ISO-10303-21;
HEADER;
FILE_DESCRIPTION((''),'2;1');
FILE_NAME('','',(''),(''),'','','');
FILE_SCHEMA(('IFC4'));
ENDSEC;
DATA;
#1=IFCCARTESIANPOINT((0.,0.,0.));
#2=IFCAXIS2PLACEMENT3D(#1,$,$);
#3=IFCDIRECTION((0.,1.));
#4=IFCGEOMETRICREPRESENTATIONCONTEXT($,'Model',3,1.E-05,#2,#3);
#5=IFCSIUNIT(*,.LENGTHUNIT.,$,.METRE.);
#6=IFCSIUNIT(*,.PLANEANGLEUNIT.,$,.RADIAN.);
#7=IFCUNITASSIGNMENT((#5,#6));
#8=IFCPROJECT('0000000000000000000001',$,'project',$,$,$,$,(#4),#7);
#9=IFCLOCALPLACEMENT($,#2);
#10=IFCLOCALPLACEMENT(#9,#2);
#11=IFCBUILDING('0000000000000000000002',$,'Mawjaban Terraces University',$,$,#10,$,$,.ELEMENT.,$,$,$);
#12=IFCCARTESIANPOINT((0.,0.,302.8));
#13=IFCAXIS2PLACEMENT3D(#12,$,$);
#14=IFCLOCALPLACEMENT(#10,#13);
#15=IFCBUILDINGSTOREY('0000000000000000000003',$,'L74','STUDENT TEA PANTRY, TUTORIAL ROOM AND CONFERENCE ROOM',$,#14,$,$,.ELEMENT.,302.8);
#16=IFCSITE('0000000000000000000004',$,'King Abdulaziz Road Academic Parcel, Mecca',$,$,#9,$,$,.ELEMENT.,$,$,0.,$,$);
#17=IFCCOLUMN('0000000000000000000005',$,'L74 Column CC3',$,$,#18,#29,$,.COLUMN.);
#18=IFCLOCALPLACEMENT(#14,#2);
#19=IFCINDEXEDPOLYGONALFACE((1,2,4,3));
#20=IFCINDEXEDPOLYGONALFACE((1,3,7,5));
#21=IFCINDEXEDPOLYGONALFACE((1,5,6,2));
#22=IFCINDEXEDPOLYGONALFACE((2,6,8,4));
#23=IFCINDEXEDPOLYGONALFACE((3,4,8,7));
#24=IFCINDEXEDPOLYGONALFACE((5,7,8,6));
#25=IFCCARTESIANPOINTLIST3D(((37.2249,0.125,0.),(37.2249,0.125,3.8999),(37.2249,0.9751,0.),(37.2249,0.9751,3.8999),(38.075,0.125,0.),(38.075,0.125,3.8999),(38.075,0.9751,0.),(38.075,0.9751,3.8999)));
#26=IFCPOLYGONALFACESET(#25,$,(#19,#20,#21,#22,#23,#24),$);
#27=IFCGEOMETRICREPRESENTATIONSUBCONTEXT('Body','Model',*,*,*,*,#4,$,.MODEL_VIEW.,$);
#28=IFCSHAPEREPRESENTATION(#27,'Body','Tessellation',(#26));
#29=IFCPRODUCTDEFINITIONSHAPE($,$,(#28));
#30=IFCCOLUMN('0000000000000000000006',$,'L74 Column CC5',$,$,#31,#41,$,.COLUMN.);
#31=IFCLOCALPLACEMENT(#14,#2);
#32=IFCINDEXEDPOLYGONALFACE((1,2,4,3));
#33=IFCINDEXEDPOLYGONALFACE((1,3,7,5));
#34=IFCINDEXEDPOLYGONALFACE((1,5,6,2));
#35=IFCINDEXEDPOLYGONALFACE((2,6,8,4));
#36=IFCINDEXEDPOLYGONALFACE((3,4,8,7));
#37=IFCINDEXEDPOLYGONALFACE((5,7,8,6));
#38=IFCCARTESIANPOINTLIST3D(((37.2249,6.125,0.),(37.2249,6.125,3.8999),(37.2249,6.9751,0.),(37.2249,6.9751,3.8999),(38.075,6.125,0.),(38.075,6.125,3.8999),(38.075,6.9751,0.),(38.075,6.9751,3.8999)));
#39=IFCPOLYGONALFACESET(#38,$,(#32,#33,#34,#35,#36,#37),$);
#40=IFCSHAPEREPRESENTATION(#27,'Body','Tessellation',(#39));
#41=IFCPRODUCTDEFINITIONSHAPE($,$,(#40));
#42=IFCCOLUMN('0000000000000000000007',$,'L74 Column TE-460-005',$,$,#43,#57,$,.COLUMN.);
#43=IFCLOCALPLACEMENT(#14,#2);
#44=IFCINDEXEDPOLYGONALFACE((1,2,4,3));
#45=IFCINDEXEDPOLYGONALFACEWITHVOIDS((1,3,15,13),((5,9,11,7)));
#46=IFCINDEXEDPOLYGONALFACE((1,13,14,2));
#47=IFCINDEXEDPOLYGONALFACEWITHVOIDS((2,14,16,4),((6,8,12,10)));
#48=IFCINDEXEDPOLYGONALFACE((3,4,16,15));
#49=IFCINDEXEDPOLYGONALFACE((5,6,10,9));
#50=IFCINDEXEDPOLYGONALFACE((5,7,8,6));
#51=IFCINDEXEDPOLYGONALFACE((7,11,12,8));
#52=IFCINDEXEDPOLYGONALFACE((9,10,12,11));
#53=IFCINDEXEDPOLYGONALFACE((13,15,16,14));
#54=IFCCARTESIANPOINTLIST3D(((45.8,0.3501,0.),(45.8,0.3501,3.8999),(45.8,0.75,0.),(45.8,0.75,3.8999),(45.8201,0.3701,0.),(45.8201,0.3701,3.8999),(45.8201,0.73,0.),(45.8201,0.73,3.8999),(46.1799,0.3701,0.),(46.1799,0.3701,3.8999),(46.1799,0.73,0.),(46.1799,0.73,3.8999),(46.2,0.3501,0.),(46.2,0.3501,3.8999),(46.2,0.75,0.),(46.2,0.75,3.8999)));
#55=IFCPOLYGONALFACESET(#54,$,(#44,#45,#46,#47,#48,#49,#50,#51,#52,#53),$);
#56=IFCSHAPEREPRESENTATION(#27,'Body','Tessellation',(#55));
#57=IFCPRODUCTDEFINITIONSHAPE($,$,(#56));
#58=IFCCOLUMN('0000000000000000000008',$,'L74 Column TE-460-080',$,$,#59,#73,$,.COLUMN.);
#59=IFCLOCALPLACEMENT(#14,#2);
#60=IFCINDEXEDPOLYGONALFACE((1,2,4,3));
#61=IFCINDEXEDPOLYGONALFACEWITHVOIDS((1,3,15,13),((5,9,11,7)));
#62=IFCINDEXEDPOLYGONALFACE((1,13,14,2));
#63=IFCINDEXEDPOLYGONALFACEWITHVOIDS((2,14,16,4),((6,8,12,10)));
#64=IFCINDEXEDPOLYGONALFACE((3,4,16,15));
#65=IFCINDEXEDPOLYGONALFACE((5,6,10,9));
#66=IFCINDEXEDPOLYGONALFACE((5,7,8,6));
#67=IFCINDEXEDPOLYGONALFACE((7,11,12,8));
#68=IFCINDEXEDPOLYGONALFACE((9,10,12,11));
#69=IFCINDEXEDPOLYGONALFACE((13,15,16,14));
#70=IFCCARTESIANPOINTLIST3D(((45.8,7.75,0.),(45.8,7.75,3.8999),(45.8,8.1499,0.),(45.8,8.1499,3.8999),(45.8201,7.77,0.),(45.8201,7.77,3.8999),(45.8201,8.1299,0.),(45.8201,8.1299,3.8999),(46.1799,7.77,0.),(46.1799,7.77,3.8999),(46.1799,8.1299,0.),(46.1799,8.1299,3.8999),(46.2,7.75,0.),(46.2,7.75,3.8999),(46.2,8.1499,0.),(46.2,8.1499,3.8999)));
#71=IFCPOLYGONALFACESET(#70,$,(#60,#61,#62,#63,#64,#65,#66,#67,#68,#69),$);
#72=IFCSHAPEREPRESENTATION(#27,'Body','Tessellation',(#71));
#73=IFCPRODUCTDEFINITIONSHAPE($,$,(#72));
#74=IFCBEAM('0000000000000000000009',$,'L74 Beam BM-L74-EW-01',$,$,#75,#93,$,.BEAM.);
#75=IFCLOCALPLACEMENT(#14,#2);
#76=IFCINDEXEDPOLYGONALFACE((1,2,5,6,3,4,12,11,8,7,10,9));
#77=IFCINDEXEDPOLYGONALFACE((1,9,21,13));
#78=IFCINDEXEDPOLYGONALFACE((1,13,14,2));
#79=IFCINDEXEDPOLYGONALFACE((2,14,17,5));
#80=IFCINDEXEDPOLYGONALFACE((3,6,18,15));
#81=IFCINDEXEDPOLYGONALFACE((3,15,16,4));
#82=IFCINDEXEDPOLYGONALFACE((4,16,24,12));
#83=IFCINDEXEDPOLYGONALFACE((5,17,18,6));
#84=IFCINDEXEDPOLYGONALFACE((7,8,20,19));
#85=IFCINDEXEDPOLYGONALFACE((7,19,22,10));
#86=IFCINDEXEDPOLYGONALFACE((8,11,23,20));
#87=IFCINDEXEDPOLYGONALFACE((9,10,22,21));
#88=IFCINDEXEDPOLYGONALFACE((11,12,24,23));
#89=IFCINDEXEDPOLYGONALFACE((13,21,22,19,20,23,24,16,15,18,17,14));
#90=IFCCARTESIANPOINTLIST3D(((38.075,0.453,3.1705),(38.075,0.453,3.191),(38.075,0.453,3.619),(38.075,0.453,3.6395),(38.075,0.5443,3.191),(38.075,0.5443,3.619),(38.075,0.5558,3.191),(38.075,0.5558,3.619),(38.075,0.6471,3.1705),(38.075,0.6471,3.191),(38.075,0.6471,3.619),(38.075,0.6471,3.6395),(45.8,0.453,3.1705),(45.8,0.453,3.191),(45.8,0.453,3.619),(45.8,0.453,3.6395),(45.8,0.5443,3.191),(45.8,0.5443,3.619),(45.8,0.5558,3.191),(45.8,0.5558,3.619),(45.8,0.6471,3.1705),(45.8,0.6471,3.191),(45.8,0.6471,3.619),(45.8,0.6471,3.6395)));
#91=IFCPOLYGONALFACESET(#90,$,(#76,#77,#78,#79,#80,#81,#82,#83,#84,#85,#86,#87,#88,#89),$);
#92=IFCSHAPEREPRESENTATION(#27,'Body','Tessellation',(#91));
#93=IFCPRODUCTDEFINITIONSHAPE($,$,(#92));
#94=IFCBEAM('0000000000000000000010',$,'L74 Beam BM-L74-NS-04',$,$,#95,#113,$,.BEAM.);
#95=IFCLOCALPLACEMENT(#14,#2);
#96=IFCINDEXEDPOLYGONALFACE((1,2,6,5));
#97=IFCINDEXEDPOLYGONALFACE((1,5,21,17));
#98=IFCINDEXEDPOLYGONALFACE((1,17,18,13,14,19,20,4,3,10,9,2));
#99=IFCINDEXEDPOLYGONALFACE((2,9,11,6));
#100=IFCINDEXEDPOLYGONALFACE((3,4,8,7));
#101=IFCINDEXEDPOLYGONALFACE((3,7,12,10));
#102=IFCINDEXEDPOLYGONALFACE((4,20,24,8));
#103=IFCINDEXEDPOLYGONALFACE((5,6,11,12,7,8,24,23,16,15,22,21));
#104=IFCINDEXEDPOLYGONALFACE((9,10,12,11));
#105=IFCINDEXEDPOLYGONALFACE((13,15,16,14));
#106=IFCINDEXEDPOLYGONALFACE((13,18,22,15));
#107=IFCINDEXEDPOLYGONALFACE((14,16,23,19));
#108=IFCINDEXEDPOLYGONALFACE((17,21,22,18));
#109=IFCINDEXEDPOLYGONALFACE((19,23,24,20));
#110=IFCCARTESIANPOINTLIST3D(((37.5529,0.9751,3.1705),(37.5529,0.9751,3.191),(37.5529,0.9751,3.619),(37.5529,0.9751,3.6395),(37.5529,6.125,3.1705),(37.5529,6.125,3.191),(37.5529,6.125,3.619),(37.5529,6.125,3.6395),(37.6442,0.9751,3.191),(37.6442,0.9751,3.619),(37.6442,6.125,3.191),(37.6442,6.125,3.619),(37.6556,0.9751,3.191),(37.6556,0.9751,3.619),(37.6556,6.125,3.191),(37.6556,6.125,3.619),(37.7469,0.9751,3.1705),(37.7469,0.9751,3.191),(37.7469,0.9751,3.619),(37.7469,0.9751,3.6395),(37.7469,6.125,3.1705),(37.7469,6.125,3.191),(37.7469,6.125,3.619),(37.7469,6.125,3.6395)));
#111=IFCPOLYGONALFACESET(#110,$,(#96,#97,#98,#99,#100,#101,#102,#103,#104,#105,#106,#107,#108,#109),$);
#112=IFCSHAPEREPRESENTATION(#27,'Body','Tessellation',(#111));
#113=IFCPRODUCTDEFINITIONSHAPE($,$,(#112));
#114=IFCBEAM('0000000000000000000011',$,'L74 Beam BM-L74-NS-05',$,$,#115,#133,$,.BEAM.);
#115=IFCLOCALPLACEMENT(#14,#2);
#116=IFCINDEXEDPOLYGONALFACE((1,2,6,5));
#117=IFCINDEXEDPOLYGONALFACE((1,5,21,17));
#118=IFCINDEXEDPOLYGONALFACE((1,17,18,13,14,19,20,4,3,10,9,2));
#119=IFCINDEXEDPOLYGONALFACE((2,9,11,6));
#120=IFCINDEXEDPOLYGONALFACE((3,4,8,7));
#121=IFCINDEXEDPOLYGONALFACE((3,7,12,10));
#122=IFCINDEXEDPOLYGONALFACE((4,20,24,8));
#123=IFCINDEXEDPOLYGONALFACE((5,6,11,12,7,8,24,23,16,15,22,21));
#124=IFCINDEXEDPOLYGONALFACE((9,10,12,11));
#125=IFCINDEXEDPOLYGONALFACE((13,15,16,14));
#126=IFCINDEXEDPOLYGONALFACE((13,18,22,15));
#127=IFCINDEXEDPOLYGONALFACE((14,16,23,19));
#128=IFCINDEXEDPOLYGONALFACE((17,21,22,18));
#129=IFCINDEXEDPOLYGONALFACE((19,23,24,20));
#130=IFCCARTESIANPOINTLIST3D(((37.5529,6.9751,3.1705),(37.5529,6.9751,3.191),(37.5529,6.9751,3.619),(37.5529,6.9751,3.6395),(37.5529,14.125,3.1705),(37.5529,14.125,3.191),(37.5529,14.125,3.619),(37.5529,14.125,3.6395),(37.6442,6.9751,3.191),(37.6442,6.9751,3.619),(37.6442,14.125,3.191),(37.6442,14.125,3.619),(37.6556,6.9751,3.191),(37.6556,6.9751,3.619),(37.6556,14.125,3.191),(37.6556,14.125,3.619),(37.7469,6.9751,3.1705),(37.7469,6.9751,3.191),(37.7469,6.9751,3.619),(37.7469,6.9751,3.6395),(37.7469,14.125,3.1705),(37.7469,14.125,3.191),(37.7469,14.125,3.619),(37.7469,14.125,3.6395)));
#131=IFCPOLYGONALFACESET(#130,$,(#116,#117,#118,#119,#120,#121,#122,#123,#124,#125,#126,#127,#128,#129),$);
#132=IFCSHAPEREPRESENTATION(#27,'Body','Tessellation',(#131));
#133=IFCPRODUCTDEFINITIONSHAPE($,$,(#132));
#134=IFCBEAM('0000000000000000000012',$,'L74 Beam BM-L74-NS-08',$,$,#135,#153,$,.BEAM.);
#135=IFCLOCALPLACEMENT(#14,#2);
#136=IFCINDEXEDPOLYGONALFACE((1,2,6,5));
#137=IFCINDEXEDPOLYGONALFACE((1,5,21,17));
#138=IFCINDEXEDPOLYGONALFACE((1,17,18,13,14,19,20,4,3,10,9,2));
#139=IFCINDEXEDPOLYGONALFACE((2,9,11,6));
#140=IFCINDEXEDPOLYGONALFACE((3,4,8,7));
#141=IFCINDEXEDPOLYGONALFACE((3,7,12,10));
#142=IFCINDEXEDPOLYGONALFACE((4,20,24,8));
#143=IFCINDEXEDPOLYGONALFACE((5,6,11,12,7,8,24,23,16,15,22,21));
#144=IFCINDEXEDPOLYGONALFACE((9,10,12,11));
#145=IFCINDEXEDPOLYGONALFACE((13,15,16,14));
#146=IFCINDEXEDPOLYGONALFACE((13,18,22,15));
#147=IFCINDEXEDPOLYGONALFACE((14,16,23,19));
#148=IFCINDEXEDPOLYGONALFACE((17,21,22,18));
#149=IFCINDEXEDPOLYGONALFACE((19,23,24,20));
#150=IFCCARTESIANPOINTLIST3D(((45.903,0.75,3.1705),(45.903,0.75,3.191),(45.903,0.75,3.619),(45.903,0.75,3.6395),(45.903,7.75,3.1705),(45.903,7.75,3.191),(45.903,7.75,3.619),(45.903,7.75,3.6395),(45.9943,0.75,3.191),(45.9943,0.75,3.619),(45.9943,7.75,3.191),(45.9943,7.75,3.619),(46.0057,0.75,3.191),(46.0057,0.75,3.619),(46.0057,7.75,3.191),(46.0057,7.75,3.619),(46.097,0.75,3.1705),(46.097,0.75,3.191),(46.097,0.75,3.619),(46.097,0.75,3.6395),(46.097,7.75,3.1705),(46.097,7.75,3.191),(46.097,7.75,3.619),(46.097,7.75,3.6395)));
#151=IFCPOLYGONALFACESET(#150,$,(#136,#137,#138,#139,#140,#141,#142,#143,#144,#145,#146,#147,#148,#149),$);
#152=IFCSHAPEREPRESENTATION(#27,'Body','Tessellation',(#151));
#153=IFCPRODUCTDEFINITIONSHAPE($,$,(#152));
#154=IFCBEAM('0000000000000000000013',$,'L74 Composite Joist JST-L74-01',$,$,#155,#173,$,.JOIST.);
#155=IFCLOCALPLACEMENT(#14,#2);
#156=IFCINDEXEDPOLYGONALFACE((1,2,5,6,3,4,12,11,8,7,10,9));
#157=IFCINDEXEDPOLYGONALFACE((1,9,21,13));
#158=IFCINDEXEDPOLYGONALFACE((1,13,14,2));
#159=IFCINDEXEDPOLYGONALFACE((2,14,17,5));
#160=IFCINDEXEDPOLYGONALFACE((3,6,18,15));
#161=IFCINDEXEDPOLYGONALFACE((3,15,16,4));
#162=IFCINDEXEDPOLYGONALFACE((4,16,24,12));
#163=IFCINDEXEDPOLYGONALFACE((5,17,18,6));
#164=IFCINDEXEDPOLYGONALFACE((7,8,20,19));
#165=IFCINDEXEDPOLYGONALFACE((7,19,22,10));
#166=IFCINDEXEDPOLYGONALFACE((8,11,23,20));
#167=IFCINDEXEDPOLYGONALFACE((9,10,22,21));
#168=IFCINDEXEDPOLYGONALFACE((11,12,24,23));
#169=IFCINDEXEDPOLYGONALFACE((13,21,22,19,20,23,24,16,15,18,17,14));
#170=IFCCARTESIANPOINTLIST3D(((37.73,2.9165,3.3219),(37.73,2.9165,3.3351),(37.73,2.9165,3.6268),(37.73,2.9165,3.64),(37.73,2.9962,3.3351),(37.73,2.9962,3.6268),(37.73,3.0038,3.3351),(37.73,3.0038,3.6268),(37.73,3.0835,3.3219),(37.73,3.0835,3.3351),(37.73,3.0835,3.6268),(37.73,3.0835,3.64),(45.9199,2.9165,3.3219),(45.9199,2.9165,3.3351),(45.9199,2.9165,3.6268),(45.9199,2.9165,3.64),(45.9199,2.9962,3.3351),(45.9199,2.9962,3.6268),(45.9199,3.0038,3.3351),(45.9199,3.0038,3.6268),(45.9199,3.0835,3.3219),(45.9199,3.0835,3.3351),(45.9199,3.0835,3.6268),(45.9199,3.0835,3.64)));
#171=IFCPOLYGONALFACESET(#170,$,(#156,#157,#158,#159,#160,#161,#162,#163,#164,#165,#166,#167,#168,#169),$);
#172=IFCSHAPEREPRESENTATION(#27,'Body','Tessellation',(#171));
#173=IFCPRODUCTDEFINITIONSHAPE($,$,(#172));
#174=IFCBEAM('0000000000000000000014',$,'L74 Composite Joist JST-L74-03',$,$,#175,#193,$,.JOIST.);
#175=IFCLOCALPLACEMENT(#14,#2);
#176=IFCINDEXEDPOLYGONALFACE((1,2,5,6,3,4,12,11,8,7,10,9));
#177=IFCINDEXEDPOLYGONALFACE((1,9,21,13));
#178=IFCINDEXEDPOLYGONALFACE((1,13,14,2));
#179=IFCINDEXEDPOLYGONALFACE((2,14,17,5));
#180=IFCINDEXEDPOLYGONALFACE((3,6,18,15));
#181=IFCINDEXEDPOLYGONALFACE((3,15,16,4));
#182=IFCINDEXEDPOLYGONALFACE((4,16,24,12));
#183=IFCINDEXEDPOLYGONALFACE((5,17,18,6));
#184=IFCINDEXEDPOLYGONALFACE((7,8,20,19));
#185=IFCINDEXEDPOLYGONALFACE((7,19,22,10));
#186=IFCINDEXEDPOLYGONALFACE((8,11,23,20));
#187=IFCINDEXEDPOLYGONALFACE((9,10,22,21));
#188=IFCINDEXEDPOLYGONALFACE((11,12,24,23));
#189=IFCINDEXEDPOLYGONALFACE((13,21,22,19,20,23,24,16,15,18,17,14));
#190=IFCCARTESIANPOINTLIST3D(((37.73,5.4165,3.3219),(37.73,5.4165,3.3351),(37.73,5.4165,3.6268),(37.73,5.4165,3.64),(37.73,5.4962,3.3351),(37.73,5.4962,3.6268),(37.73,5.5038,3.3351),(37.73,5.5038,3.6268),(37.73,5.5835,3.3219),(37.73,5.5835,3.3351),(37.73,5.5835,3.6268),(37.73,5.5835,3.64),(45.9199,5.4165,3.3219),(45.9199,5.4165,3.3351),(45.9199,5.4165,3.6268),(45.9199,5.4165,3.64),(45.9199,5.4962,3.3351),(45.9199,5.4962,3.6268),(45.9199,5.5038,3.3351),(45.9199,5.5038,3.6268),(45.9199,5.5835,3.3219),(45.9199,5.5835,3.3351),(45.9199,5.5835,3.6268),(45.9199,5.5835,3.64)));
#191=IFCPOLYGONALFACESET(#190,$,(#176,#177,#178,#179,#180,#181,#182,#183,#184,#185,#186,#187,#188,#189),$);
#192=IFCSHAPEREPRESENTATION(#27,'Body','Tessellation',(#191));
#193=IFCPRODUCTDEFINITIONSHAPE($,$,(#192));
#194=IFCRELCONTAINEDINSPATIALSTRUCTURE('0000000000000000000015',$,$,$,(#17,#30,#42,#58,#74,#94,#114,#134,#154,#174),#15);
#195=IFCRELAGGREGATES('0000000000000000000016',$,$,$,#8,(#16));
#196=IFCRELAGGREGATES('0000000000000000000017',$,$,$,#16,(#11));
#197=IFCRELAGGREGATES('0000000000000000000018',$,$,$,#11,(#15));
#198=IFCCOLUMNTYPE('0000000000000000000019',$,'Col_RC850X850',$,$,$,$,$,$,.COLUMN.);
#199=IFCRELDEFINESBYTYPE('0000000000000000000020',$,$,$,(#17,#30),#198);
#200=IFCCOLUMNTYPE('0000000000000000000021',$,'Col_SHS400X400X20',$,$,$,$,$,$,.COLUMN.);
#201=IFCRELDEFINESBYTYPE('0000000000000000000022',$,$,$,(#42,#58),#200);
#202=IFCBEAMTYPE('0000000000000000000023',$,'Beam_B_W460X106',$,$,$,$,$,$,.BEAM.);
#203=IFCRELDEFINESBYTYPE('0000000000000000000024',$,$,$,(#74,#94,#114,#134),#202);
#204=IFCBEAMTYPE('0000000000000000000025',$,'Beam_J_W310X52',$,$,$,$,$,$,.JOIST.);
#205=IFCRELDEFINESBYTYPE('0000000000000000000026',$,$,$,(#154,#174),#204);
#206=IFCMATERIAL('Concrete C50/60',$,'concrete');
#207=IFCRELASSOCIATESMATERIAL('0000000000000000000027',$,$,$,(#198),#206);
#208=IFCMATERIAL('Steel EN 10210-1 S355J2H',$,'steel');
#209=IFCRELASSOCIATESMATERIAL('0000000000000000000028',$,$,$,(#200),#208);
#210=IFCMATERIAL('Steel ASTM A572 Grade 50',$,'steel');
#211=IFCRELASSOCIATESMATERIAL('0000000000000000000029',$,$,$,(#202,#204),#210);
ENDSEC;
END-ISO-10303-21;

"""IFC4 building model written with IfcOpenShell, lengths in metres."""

from ifc_helpers import new_model, si_unit, direction, frame, origin, origin_2d, place, context, subcontext, project, spatial, rectangle, hollow_rectangle, i_section, extrude, material, material_profile, profile_set, type_object, element, save


model = new_model("IFC4")

# Units and contexts
model_context = context("Model", 3, precision=1e-05, world=origin(), true_north=direction((0.0, 1.0)))
body_context = subcontext(model_context, "Body", "Model", "MODEL_VIEW")
ifc_project = project(units=[si_unit("LENGTHUNIT", "METRE"), si_unit("PLANEANGLEUNIT", "RADIAN")], contexts=[model_context])

# Site, building, storey
site_placement = place(None, origin())
site = spatial("IfcSite", under=ifc_project, at=site_placement, Name="King Abdulaziz Road Academic Parcel, Mecca", CompositionType="ELEMENT", RefElevation=0.0)
building_placement = place(site_placement, origin())
building = spatial("IfcBuilding", under=site, at=building_placement, Name="Mawjaban Terraces University", CompositionType="ELEMENT")
storey_placement = place(building_placement, frame((0.0, 0.0, 302.8)))
storey = spatial("IfcBuildingStorey", under=building, at=storey_placement, Name="L74", Description="STUDENT TEA PANTRY, TUTORIAL ROOM AND CONFERENCE ROOM", CompositionType="ELEMENT", Elevation=302.8)

# Columns
ifc_material_1 = material(Name="Concrete C50/60", Category="concrete")
ifc_material_profile_1 = material_profile(ifc_material_1, rectangle(XDim=0.8501, YDim=0.8501, at=origin_2d()), Name="RC850X850")
ifc_profile_set_1 = profile_set([ifc_material_profile_1], Name="Concrete C50/60")
column_type_1 = type_object("IfcColumnType", Name="Col_RC850X850", PredefinedType="COLUMN", material=ifc_profile_set_1)
for number, where, z_axis, x_axis, name in (
    (1, (37.6499, 0.55, 0.0), (0.0, 0.0, 1.0), (1.0, 0.0, 0.0), "L74 Column CC3"),
    (2, (37.6499, 6.55, 0.0), (0.0, 0.0, 1.0), (1.0, 0.0, 0.0), "L74 Column CC5"),
):
    element("IfcColumn", number, at=place(storey_placement, frame(where, z_axis=z_axis, x_axis=x_axis)), inside=storey, type_object=column_type_1, Name=name, PredefinedType="COLUMN", context=body_context, shape_type="SweptSolid", body=[
        extrude(rectangle(XDim=0.8501, YDim=0.8501, at=origin_2d()), origin(), (0.0, 0.0, 1.0), 3.8999),
    ])
ifc_material_2 = material(Name="Steel EN 10210-1 S355J2H", Category="steel")
ifc_material_profile_2 = material_profile(ifc_material_2, hollow_rectangle(XDim=0.3999, YDim=0.3999, WallThickness=0.02, at=origin_2d()), Name="SHS400X400X20")
ifc_profile_set_2 = profile_set([ifc_material_profile_2], Name="Steel EN 10210-1 S355J2H")
column_type_2 = type_object("IfcColumnType", Name="Col_SHS400X400X20", PredefinedType="COLUMN", material=ifc_profile_set_2)
for number, where, z_axis, x_axis, name in (
    (3, (46.0, 0.55, 0.0), (0.0, 0.0, 1.0), (1.0, 0.0, 0.0), "L74 Column TE-460-005"),
    (4, (46.0, 7.95, 0.0), (0.0, 0.0, 1.0), (1.0, 0.0, 0.0), "L74 Column TE-460-080"),
):
    element("IfcColumn", number, at=place(storey_placement, frame(where, z_axis=z_axis, x_axis=x_axis)), inside=storey, type_object=column_type_2, Name=name, PredefinedType="COLUMN", context=body_context, shape_type="SweptSolid", body=[
        extrude(hollow_rectangle(XDim=0.3999, YDim=0.3999, WallThickness=0.02, at=origin_2d()), origin(), (0.0, 0.0, 1.0), 3.8999),
    ])

# Beams
ifc_material_3 = material(Name="Steel ASTM A572 Grade 50", Category="steel")
ifc_material_profile_3 = material_profile(ifc_material_3, i_section(OverallWidth=0.1941, OverallDepth=0.469, WebThickness=0.0115, FlangeThickness=0.0205, at=origin_2d()), Name="W460X106")
ifc_profile_set_3 = profile_set([ifc_material_profile_3], Name="Steel ASTM A572 Grade 50")
beam_type_1 = type_object("IfcBeamType", Name="Beam_B_W460X106", PredefinedType="BEAM", material=ifc_profile_set_3)
beam_1_placement = place(storey_placement, frame((38.075, 0.55, 3.405), z_axis=(1.0, 0.0, 0.0), x_axis=(0.0, 1.0, 0.0)))
element("IfcBeam", 5, at=beam_1_placement, inside=storey, type_object=beam_type_1, Name="L74 Beam BM-L74-EW-01", PredefinedType="BEAM", context=body_context, shape_type="SweptSolid", body=[
    extrude(i_section(OverallWidth=0.1941, OverallDepth=0.469, WebThickness=0.0115, FlangeThickness=0.0205, at=origin_2d()), origin(), (0.0, 0.0, 1.0), 7.7251),
])
beam_2_placement = place(storey_placement, frame((37.6499, 0.9751, 3.405), z_axis=(0.0, 1.0, 0.0), x_axis=(-1.0, 0.0, 0.0)))
element("IfcBeam", 6, at=beam_2_placement, inside=storey, type_object=beam_type_1, Name="L74 Beam BM-L74-NS-04", PredefinedType="BEAM", context=body_context, shape_type="SweptSolid", body=[
    extrude(i_section(OverallWidth=0.1941, OverallDepth=0.469, WebThickness=0.0115, FlangeThickness=0.0205, at=origin_2d()), origin(), (0.0, 0.0, 1.0), 5.1499),
])
beam_3_placement = place(storey_placement, frame((37.6499, 6.9751, 3.405), z_axis=(0.0, 1.0, 0.0), x_axis=(-1.0, 0.0, 0.0)))
element("IfcBeam", 7, at=beam_3_placement, inside=storey, type_object=beam_type_1, Name="L74 Beam BM-L74-NS-05", PredefinedType="BEAM", context=body_context, shape_type="SweptSolid", body=[
    extrude(i_section(OverallWidth=0.1941, OverallDepth=0.469, WebThickness=0.0115, FlangeThickness=0.0205, at=origin_2d()), origin(), (0.0, 0.0, 1.0), 7.1499),
])
beam_4_placement = place(storey_placement, frame((46.0, 0.75, 3.405), z_axis=(0.0, 1.0, 0.0), x_axis=(-1.0, 0.0, 0.0)))
element("IfcBeam", 8, at=beam_4_placement, inside=storey, type_object=beam_type_1, Name="L74 Beam BM-L74-NS-08", PredefinedType="BEAM", context=body_context, shape_type="SweptSolid", body=[
    extrude(i_section(OverallWidth=0.1941, OverallDepth=0.469, WebThickness=0.0115, FlangeThickness=0.0205, at=origin_2d()), origin(), (0.0, 0.0, 1.0), 7.0),
])
ifc_material_profile_4 = material_profile(ifc_material_3, i_section(OverallWidth=0.167, OverallDepth=0.3181, WebThickness=0.0076, FlangeThickness=0.0132, at=origin_2d()), Name="W310X52")
ifc_profile_set_4 = profile_set([ifc_material_profile_4], Name="Steel ASTM A572 Grade 50")
beam_type_2 = type_object("IfcBeamType", Name="Beam_J_W310X52", PredefinedType="JOIST", material=ifc_profile_set_4)
for number, where, z_axis, x_axis, name in (
    (9, (37.73, 3.0, 3.481), (1.0, 0.0, 0.0), (0.0, 1.0, 0.0), "L74 Composite Joist JST-L74-01"),
    (10, (37.73, 5.5, 3.481), (1.0, 0.0, 0.0), (0.0, 1.0, 0.0), "L74 Composite Joist JST-L74-03"),
):
    element("IfcBeam", number, at=place(storey_placement, frame(where, z_axis=z_axis, x_axis=x_axis)), inside=storey, type_object=beam_type_2, Name=name, PredefinedType="JOIST", context=body_context, shape_type="SweptSolid", body=[
        extrude(i_section(OverallWidth=0.167, OverallDepth=0.3181, WebThickness=0.0076, FlangeThickness=0.0132, at=origin_2d()), origin(), (0.0, 0.0, 1.0), 8.1899),
    ])

save(model, "model.ifc")
